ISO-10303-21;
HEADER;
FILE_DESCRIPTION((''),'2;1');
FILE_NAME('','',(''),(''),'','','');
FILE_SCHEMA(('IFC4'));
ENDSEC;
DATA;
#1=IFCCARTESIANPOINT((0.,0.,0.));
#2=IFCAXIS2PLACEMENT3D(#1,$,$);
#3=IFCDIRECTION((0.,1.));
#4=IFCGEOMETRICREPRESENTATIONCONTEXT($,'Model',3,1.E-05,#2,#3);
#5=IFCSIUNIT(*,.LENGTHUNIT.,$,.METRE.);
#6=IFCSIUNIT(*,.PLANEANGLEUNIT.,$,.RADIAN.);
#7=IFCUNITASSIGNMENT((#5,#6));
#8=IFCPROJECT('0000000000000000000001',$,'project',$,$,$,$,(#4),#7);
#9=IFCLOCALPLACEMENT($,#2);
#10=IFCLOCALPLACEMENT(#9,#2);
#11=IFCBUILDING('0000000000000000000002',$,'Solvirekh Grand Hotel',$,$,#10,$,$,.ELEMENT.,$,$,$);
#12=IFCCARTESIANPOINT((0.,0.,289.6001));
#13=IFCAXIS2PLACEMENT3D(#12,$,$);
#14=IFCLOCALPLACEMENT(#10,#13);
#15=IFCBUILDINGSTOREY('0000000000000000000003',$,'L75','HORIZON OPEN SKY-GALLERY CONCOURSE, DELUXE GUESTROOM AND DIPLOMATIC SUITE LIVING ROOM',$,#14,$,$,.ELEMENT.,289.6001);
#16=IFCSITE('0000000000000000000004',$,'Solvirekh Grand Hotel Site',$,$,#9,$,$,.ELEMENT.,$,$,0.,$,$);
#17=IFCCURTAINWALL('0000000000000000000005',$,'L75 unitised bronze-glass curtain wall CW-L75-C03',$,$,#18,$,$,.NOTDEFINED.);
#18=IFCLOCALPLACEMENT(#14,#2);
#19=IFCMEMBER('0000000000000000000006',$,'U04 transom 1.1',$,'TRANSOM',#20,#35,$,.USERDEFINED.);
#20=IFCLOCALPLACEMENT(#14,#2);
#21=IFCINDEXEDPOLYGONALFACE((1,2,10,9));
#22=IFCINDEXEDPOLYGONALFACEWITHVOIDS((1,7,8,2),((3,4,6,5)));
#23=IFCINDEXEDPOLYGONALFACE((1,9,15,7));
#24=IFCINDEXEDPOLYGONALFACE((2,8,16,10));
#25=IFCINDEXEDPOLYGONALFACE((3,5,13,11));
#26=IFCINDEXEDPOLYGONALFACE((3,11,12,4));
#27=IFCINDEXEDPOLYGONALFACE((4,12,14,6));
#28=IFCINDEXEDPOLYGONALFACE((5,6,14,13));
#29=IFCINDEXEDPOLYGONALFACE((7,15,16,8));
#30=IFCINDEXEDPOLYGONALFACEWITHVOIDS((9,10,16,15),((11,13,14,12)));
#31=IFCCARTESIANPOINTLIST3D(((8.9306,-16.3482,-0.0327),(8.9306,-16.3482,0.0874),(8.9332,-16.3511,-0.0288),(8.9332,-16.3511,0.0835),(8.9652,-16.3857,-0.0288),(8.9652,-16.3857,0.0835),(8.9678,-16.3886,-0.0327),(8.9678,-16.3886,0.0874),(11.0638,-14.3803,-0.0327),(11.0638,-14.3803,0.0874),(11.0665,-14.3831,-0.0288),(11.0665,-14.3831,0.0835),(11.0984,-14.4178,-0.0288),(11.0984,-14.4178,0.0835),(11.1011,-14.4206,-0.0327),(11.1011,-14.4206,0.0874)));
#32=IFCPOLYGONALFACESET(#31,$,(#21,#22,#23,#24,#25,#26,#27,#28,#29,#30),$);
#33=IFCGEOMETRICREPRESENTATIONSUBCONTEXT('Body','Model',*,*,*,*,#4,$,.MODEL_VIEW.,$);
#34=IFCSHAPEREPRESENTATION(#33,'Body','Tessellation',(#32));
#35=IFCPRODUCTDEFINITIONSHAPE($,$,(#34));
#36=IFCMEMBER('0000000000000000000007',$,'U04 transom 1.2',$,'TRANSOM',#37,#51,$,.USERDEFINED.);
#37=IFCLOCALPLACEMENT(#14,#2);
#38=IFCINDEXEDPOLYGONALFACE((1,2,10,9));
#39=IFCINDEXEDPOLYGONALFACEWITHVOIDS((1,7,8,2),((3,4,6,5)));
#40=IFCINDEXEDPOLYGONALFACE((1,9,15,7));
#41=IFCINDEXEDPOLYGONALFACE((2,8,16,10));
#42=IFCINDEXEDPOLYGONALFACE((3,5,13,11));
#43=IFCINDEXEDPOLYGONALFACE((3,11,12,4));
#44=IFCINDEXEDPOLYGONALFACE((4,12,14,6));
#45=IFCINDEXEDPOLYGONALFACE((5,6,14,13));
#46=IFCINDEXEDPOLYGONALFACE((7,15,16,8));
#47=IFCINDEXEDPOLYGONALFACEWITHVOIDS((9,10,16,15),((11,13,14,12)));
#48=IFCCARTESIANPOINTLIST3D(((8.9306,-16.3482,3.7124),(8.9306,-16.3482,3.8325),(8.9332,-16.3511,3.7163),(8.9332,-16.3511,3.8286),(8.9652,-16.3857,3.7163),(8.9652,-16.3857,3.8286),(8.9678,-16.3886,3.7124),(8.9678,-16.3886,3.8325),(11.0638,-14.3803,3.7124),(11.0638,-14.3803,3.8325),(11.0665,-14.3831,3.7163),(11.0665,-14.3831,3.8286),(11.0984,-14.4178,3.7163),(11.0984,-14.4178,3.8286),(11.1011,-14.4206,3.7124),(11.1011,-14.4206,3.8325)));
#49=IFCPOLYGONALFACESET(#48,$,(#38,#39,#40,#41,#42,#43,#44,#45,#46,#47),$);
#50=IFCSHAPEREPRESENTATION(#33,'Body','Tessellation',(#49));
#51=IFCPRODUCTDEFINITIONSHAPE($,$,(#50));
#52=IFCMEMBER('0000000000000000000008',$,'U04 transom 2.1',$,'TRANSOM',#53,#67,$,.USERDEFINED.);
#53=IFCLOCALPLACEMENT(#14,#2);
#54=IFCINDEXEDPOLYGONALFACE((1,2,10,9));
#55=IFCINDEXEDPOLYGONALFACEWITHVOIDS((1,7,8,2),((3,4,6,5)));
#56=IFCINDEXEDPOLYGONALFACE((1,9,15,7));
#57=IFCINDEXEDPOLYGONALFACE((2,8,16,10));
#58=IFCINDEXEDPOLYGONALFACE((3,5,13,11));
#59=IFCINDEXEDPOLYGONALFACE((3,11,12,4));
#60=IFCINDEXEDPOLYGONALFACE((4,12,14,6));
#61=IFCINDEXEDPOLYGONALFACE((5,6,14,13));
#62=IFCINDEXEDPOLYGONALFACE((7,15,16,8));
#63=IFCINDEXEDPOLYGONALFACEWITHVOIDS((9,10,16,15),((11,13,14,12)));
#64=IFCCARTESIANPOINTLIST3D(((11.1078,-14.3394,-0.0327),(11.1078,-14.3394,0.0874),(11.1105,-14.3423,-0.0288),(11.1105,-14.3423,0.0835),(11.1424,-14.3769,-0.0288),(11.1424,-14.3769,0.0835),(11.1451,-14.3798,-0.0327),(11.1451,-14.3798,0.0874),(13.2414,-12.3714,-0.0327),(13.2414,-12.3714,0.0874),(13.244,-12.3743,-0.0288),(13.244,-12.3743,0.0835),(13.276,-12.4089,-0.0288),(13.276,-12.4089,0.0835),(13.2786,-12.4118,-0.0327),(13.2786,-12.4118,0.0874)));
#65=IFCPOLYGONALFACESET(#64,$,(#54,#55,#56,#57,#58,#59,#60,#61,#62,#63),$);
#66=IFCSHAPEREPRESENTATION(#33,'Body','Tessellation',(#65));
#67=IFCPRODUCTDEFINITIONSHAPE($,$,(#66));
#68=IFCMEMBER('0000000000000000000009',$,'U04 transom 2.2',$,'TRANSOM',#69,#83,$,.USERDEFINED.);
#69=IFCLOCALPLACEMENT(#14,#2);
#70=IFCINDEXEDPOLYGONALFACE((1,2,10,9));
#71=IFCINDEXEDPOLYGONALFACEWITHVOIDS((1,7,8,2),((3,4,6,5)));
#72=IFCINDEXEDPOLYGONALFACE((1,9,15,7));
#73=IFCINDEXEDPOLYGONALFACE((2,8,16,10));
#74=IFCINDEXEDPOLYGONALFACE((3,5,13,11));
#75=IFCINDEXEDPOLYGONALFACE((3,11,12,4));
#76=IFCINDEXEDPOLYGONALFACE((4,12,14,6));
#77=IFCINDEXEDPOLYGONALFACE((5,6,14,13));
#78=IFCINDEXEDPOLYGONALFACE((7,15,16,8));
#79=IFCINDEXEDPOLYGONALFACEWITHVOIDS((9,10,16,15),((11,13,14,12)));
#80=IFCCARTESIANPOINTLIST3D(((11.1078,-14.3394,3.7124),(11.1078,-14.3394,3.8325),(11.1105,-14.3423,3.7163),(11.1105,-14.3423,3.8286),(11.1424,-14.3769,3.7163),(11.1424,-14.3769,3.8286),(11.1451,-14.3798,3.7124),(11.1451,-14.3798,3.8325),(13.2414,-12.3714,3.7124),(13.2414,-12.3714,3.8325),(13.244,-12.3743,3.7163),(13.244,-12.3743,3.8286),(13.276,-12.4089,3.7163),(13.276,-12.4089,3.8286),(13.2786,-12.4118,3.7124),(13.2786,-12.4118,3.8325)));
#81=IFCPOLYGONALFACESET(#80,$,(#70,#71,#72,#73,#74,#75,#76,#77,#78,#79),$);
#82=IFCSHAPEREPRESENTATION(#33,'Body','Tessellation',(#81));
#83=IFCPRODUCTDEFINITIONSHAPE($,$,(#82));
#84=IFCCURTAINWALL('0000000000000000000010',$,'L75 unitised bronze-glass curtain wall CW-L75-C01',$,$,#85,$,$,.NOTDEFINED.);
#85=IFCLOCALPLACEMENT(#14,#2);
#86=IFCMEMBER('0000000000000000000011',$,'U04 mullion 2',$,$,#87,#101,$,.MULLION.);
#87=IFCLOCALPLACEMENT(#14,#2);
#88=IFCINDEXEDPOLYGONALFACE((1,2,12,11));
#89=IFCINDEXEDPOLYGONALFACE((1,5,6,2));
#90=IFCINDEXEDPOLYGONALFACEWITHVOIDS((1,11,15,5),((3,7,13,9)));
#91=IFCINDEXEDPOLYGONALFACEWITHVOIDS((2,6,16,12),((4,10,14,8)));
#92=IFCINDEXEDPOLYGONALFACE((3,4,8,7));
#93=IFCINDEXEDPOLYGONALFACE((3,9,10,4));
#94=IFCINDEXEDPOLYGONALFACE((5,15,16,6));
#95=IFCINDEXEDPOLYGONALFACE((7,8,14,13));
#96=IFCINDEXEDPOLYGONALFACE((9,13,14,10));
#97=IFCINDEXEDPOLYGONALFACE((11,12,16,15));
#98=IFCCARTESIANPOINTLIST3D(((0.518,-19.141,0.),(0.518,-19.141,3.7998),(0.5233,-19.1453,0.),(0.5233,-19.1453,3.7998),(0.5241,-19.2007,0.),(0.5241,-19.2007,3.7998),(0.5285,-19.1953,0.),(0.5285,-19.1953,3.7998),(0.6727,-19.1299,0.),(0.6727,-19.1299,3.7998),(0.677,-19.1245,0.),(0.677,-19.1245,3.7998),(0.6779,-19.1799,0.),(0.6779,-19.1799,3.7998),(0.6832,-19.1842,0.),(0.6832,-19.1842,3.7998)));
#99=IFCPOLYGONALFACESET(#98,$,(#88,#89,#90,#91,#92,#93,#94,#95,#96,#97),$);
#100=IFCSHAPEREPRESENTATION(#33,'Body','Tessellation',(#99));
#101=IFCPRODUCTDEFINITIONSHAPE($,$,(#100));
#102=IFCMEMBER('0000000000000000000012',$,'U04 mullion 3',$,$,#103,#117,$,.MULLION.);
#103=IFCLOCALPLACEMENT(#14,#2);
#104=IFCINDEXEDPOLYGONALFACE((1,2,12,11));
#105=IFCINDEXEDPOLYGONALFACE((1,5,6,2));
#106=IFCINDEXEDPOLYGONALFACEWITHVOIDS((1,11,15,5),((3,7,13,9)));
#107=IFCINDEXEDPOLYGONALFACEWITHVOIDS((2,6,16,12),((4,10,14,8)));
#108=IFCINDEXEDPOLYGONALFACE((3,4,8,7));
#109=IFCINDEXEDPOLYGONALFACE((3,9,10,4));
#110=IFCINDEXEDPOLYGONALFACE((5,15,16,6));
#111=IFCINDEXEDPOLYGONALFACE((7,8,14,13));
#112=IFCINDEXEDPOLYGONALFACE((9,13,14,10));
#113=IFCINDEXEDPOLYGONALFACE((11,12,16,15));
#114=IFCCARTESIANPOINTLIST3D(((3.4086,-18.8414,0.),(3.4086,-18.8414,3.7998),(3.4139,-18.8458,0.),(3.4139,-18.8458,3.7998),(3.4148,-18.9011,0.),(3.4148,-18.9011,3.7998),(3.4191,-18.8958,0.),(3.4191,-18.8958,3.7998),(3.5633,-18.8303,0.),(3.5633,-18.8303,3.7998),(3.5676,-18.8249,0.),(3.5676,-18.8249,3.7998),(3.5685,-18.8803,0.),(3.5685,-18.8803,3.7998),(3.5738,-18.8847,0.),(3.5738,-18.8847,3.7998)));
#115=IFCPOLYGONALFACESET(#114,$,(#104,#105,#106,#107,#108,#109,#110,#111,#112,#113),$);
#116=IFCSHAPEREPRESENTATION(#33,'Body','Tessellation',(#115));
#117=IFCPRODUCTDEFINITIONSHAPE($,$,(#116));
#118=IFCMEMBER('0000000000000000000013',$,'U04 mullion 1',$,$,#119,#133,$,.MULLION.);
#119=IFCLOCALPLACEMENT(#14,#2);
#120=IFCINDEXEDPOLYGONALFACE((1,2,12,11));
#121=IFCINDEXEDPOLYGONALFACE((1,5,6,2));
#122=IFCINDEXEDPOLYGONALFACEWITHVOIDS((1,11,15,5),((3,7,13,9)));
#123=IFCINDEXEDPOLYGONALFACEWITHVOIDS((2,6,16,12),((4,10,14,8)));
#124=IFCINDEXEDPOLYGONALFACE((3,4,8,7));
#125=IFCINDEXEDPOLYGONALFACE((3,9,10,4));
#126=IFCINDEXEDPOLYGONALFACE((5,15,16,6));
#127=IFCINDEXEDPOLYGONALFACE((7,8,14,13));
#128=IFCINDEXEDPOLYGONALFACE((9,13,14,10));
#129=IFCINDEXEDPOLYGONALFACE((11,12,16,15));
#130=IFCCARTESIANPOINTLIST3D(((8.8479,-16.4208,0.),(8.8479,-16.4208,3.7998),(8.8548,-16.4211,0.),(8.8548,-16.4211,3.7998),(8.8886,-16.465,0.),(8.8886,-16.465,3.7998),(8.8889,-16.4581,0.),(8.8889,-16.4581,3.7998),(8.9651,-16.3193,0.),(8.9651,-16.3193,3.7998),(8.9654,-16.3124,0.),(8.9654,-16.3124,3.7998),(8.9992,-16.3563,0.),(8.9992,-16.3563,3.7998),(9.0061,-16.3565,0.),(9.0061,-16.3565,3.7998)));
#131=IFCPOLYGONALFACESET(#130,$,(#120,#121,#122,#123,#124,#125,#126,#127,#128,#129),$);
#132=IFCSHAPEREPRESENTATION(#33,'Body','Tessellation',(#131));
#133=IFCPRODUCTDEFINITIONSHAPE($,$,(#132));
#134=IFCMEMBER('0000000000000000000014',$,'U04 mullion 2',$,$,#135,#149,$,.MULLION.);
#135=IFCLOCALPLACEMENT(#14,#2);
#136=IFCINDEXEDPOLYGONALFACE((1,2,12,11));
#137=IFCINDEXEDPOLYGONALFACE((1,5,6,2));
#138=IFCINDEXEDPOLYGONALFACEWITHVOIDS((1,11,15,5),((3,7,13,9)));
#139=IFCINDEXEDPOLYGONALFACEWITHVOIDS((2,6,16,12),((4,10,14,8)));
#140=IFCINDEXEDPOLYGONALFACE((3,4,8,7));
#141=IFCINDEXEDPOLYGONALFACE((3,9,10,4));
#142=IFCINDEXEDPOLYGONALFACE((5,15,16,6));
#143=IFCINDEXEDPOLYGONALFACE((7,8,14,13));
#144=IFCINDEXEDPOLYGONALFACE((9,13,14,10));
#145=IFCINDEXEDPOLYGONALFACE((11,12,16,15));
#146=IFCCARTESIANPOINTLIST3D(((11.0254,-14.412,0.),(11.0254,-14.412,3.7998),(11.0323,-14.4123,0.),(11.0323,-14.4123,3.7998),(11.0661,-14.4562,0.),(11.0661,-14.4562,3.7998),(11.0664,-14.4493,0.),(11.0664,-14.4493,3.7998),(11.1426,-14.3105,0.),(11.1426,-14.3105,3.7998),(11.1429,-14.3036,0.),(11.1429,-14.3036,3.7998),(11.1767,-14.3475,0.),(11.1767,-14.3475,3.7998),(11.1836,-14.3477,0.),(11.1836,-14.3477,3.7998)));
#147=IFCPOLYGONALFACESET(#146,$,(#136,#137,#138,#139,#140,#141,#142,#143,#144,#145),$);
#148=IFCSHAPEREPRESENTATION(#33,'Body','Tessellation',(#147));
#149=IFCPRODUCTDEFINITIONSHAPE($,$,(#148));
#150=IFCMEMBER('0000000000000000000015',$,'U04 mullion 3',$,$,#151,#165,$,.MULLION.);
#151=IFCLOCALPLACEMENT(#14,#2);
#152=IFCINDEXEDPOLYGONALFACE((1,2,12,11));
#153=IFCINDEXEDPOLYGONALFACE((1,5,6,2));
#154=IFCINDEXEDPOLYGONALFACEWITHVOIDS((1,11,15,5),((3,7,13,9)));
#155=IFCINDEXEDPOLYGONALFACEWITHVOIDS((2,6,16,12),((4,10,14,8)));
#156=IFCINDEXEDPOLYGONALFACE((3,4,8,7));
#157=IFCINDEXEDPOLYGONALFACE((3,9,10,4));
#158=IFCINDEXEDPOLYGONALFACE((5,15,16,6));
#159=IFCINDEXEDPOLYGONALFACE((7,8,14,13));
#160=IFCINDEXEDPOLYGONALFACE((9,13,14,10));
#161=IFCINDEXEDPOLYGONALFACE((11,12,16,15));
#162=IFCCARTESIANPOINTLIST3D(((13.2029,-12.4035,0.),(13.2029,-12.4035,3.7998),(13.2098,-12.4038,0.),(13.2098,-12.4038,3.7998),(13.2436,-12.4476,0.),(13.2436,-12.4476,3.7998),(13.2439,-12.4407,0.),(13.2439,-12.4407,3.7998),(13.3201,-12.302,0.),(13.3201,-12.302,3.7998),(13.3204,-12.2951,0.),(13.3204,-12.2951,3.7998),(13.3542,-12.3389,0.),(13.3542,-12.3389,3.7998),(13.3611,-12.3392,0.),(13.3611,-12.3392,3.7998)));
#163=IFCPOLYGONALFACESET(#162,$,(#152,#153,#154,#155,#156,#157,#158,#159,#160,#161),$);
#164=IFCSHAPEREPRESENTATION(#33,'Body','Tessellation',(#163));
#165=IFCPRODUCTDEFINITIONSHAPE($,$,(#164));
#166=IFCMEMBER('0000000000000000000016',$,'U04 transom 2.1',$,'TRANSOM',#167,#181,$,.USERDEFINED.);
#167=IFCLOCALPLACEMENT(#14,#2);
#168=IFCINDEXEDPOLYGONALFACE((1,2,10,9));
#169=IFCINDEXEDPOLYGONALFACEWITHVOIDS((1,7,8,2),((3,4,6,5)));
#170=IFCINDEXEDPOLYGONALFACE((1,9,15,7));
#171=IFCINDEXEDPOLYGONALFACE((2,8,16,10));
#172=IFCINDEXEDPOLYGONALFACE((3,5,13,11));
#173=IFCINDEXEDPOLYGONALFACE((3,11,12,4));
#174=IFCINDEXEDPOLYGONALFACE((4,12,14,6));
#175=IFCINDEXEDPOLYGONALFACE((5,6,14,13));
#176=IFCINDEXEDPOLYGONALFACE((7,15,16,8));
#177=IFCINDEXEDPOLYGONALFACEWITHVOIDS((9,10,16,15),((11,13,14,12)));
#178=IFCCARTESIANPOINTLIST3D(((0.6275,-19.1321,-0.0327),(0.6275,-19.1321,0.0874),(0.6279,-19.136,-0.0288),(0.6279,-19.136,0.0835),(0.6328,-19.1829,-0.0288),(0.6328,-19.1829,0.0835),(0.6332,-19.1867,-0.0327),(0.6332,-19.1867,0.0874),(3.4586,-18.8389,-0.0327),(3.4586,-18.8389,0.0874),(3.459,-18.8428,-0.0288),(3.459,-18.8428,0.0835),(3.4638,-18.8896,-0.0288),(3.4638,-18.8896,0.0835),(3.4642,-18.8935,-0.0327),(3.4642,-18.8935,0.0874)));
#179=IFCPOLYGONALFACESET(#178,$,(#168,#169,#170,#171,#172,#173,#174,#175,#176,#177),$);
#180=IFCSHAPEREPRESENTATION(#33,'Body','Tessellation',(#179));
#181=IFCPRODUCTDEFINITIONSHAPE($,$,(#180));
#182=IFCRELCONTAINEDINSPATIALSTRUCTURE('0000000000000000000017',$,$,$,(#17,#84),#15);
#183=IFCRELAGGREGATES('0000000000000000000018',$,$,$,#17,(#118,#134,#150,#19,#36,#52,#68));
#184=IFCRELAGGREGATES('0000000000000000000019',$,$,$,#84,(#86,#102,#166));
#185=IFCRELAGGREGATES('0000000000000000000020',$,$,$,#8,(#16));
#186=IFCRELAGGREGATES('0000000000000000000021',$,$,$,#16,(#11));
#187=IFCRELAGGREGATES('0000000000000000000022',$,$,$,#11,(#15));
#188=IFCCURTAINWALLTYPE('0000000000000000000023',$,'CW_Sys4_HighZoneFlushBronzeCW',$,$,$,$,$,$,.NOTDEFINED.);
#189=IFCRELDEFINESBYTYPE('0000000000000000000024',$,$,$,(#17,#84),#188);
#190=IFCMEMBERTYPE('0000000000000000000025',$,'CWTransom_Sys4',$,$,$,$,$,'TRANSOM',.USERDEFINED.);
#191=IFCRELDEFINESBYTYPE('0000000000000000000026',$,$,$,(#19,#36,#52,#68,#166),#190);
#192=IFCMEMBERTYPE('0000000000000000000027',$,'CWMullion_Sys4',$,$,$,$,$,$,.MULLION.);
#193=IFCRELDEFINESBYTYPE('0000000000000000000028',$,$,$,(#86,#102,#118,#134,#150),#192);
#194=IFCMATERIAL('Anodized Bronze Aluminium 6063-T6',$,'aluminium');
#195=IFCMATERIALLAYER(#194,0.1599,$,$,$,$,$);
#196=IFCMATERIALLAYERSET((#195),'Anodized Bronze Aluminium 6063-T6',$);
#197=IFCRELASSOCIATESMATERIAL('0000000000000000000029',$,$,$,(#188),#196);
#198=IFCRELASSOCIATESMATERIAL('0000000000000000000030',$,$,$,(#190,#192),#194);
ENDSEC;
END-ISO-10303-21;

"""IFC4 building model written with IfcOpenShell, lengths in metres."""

from ifc_helpers import new_model, si_unit, direction, frame, origin, origin_2d, place, context, subcontext, project, spatial, hollow_rectangle, extrude, source, transform, mapped, material, layer, layer_set, material_profile, profile_set, type_object, element, aggregate, save


model = new_model("IFC4")

# Units and contexts
model_context = context("Model", 3, precision=1e-05, world=origin(), true_north=direction((0.0, 1.0)))
body_context = subcontext(model_context, "Body", "Model", "MODEL_VIEW")
ifc_project = project(units=[si_unit("LENGTHUNIT", "METRE"), si_unit("PLANEANGLEUNIT", "RADIAN")], contexts=[model_context])

# Site, building, storey
site_placement = place(None, origin())
site = spatial("IfcSite", under=ifc_project, at=site_placement, Name="Solvirekh Grand Hotel Site", CompositionType="ELEMENT", RefElevation=0.0)
building_placement = place(site_placement, origin())
building = spatial("IfcBuilding", under=site, at=building_placement, Name="Solvirekh Grand Hotel", CompositionType="ELEMENT")
storey_placement = place(building_placement, frame((0.0, 0.0, 289.6001)))
storey = spatial("IfcBuildingStorey", under=building, at=storey_placement, Name="L75", Description="HORIZON OPEN SKY-GALLERY CONCOURSE, DELUXE GUESTROOM AND DIPLOMATIC SUITE LIVING ROOM", CompositionType="ELEMENT", Elevation=289.6001)

# Curtain walls, members
ifc_material_1 = material(Name="Anodized Bronze Aluminium 6063-T6", Category="aluminium")
ifc_layer_1 = layer(ifc_material_1, 0.1599)
ifc_layer_set_1 = layer_set([ifc_layer_1], Name="Anodized Bronze Aluminium 6063-T6")
curtain_wall_type = type_object("IfcCurtainWallType", Name="CW_Sys4_HighZoneFlushBronzeCW", PredefinedType="NOTDEFINED", material=ifc_layer_set_1)
curtain_wall_1_placement = place(storey_placement, origin())
curtain_wall_1 = element("IfcCurtainWall", 1, at=curtain_wall_1_placement, inside=storey, type_object=curtain_wall_type, Name="L75 unitised bronze-glass curtain wall CW-L75-C03", PredefinedType="NOTDEFINED")
ifc_material_profile_1 = material_profile(ifc_material_1, hollow_rectangle(XDim=0.0549, YDim=0.1201, WallThickness=0.0039, at=origin_2d()), Name="ALU RHS 120X55X4")
ifc_profile_set_1 = profile_set([ifc_material_profile_1], Name="Anodized Bronze Aluminium 6063-T6")
member_type_1 = type_object("IfcMemberType", Name="CWTransom_Sys4", ElementType="TRANSOM", PredefinedType="USERDEFINED", material=ifc_profile_set_1)
shared_shape_1 = source(origin(), body_context, "Body", "SweptSolid", [
    extrude(hollow_rectangle(XDim=0.0549, YDim=0.1201, WallThickness=0.0039, at=origin_2d()), origin(), (0.0, 0.0, 1.0), 2.9023),
])
member_1_placement = place(storey_placement, frame((8.9492, -16.3684, 0.0273), z_axis=(0.735007, 0.67806, 0.0), x_axis=(-0.67806, 0.735007, 0.0)))
member_1 = element("IfcMember", 2, at=member_1_placement, type_object=member_type_1, Name="U04 transom 1.1", ObjectType="TRANSOM", PredefinedType="USERDEFINED", context=body_context, shape_type="MappedRepresentation", body=[
    mapped(shared_shape_1, transform((0.0, 0.0, 0.0), x_axis=(1.0, 0.0, 0.0), y_axis=(0.0, 1.0, 0.0), z_axis=(0.0, 0.0, 1.0), scale=1.0)),
])
member_2_placement = place(storey_placement, frame((8.9492, -16.3684, 3.7725), z_axis=(0.735007, 0.67806, 0.0), x_axis=(-0.67806, 0.735007, 0.0)))
member_2 = element("IfcMember", 3, at=member_2_placement, type_object=member_type_1, Name="U04 transom 1.2", ObjectType="TRANSOM", PredefinedType="USERDEFINED", context=body_context, shape_type="MappedRepresentation", body=[
    mapped(shared_shape_1, transform((0.0, 0.0, 0.0), x_axis=(1.0, 0.0, 0.0), y_axis=(0.0, 1.0, 0.0), z_axis=(0.0, 0.0, 1.0), scale=1.0)),
])
shared_shape_2 = source(origin(), body_context, "Body", "SweptSolid", [
    extrude(hollow_rectangle(XDim=0.0549, YDim=0.1201, WallThickness=0.0039, at=origin_2d()), origin(), (0.0, 0.0, 1.0), 2.9026),
])
member_3_placement = place(storey_placement, frame((11.1265, -14.3596, 0.0273), z_axis=(0.735045, 0.678018, 0.0), x_axis=(-0.678018, 0.735045, 0.0)))
member_3 = element("IfcMember", 4, at=member_3_placement, type_object=member_type_1, Name="U04 transom 2.1", ObjectType="TRANSOM", PredefinedType="USERDEFINED", context=body_context, shape_type="MappedRepresentation", body=[
    mapped(shared_shape_2, transform((0.0, 0.0, 0.0), x_axis=(1.0, 0.0, 0.0), y_axis=(0.0, 1.0, 0.0), z_axis=(0.0, 0.0, 1.0), scale=1.0)),
])
member_4_placement = place(storey_placement, frame((11.1265, -14.3596, 3.7725), z_axis=(0.735045, 0.678018, 0.0), x_axis=(-0.678018, 0.735045, 0.0)))
member_4 = element("IfcMember", 5, at=member_4_placement, type_object=member_type_1, Name="U04 transom 2.2", ObjectType="TRANSOM", PredefinedType="USERDEFINED", context=body_context, shape_type="MappedRepresentation", body=[
    mapped(shared_shape_2, transform((0.0, 0.0, 0.0), x_axis=(1.0, 0.0, 0.0), y_axis=(0.0, 1.0, 0.0), z_axis=(0.0, 0.0, 1.0), scale=1.0)),
])
curtain_wall_2_placement = place(storey_placement, origin())
curtain_wall_2 = element("IfcCurtainWall", 6, at=curtain_wall_2_placement, inside=storey, type_object=curtain_wall_type, Name="L75 unitised bronze-glass curtain wall CW-L75-C01", PredefinedType="NOTDEFINED")
ifc_material_profile_2 = material_profile(ifc_material_1, hollow_rectangle(XDim=0.0601, YDim=0.1599, WallThickness=0.0049, at=origin_2d()), Name="ALU RHS 160X60X5")
ifc_profile_set_2 = profile_set([ifc_material_profile_2], Name="Anodized Bronze Aluminium 6063-T6")
member_type_2 = type_object("IfcMemberType", Name="CWMullion_Sys4", PredefinedType="MULLION", material=ifc_profile_set_2)
shared_shape_3 = source(origin(), body_context, "Body", "SweptSolid", [
    extrude(hollow_rectangle(XDim=0.0601, YDim=0.1599, WallThickness=0.0049, at=origin_2d()), origin(), (0.0, 0.0, 1.0), 3.7998),
])
member_5_placement = place(storey_placement, frame((0.6006, -19.1626, 0.0), z_axis=(0.0, 0.0, 1.0), x_axis=(-0.103027, 0.994679, 0.0)))
member_5 = element("IfcMember", 7, at=member_5_placement, type_object=member_type_2, Name="U04 mullion 2", PredefinedType="MULLION", context=body_context, shape_type="MappedRepresentation", body=[
    mapped(shared_shape_3, transform((0.0, 0.0, 0.0), x_axis=(1.0, 0.0, 0.0), y_axis=(0.0, 1.0, 0.0), z_axis=(0.0, 0.0, 1.0), scale=1.0)),
])
member_6_placement = place(storey_placement, frame((3.4912, -18.863, 0.0), z_axis=(0.0, 0.0, 1.0), x_axis=(-0.103027, 0.994679, 0.0)))
member_6 = element("IfcMember", 8, at=member_6_placement, type_object=member_type_2, Name="U04 mullion 3", PredefinedType="MULLION", context=body_context, shape_type="MappedRepresentation", body=[
    mapped(shared_shape_3, transform((0.0, 0.0, 0.0), x_axis=(1.0, 0.0, 0.0), y_axis=(0.0, 1.0, 0.0), z_axis=(0.0, 0.0, 1.0), scale=1.0)),
])

# Members
member_7_placement = place(storey_placement, frame((8.927, -16.3887, 0.0), z_axis=(0.0, 0.0, 1.0), x_axis=(-0.678044, 0.735021, 0.0)))
member_7 = element("IfcMember", 9, at=member_7_placement, type_object=member_type_2, Name="U04 mullion 1", PredefinedType="MULLION", context=body_context, shape_type="MappedRepresentation", body=[
    mapped(shared_shape_3, transform((0.0, 0.0, 0.0), x_axis=(1.0, 0.0, 0.0), y_axis=(0.0, 1.0, 0.0), z_axis=(0.0, 0.0, 1.0), scale=1.0)),
])
member_8_placement = place(storey_placement, frame((11.1045, -14.3799, 0.0), z_axis=(0.0, 0.0, 1.0), x_axis=(-0.678044, 0.735021, 0.0)))
member_8 = element("IfcMember", 10, at=member_8_placement, type_object=member_type_2, Name="U04 mullion 2", PredefinedType="MULLION", context=body_context, shape_type="MappedRepresentation", body=[
    mapped(shared_shape_3, transform((0.0, 0.0, 0.0), x_axis=(1.0, 0.0, 0.0), y_axis=(0.0, 1.0, 0.0), z_axis=(0.0, 0.0, 1.0), scale=1.0)),
])
member_9_placement = place(storey_placement, frame((13.282, -12.3713, 0.0), z_axis=(0.0, 0.0, 1.0), x_axis=(-0.678044, 0.735021, 0.0)))
member_9 = element("IfcMember", 11, at=member_9_placement, type_object=member_type_2, Name="U04 mullion 3", PredefinedType="MULLION", context=body_context, shape_type="MappedRepresentation", body=[
    mapped(shared_shape_3, transform((0.0, 0.0, 0.0), x_axis=(1.0, 0.0, 0.0), y_axis=(0.0, 1.0, 0.0), z_axis=(0.0, 0.0, 1.0), scale=1.0)),
])
shared_shape_4 = source(origin(), body_context, "Body", "SweptSolid", [
    extrude(hollow_rectangle(XDim=0.0549, YDim=0.1201, WallThickness=0.0039, at=origin_2d()), origin(), (0.0, 0.0, 1.0), 2.8462),
])
member_10_placement = place(storey_placement, frame((0.6304, -19.1594, 0.0273), z_axis=(0.994679, 0.103019, 0.0), x_axis=(-0.103019, 0.994679, 0.0)))
member_10 = element("IfcMember", 12, at=member_10_placement, type_object=member_type_1, Name="U04 transom 2.1", ObjectType="TRANSOM", PredefinedType="USERDEFINED", context=body_context, shape_type="MappedRepresentation", body=[
    mapped(shared_shape_4, transform((0.0, 0.0, 0.0), x_axis=(1.0, 0.0, 0.0), y_axis=(0.0, 1.0, 0.0), z_axis=(0.0, 0.0, 1.0), scale=1.0)),
])

aggregate(curtain_wall_1, [member_7, member_8, member_9, member_1, member_2, member_3, member_4])
aggregate(curtain_wall_2, [member_5, member_6, member_10])

save(model, "model.ifc")
